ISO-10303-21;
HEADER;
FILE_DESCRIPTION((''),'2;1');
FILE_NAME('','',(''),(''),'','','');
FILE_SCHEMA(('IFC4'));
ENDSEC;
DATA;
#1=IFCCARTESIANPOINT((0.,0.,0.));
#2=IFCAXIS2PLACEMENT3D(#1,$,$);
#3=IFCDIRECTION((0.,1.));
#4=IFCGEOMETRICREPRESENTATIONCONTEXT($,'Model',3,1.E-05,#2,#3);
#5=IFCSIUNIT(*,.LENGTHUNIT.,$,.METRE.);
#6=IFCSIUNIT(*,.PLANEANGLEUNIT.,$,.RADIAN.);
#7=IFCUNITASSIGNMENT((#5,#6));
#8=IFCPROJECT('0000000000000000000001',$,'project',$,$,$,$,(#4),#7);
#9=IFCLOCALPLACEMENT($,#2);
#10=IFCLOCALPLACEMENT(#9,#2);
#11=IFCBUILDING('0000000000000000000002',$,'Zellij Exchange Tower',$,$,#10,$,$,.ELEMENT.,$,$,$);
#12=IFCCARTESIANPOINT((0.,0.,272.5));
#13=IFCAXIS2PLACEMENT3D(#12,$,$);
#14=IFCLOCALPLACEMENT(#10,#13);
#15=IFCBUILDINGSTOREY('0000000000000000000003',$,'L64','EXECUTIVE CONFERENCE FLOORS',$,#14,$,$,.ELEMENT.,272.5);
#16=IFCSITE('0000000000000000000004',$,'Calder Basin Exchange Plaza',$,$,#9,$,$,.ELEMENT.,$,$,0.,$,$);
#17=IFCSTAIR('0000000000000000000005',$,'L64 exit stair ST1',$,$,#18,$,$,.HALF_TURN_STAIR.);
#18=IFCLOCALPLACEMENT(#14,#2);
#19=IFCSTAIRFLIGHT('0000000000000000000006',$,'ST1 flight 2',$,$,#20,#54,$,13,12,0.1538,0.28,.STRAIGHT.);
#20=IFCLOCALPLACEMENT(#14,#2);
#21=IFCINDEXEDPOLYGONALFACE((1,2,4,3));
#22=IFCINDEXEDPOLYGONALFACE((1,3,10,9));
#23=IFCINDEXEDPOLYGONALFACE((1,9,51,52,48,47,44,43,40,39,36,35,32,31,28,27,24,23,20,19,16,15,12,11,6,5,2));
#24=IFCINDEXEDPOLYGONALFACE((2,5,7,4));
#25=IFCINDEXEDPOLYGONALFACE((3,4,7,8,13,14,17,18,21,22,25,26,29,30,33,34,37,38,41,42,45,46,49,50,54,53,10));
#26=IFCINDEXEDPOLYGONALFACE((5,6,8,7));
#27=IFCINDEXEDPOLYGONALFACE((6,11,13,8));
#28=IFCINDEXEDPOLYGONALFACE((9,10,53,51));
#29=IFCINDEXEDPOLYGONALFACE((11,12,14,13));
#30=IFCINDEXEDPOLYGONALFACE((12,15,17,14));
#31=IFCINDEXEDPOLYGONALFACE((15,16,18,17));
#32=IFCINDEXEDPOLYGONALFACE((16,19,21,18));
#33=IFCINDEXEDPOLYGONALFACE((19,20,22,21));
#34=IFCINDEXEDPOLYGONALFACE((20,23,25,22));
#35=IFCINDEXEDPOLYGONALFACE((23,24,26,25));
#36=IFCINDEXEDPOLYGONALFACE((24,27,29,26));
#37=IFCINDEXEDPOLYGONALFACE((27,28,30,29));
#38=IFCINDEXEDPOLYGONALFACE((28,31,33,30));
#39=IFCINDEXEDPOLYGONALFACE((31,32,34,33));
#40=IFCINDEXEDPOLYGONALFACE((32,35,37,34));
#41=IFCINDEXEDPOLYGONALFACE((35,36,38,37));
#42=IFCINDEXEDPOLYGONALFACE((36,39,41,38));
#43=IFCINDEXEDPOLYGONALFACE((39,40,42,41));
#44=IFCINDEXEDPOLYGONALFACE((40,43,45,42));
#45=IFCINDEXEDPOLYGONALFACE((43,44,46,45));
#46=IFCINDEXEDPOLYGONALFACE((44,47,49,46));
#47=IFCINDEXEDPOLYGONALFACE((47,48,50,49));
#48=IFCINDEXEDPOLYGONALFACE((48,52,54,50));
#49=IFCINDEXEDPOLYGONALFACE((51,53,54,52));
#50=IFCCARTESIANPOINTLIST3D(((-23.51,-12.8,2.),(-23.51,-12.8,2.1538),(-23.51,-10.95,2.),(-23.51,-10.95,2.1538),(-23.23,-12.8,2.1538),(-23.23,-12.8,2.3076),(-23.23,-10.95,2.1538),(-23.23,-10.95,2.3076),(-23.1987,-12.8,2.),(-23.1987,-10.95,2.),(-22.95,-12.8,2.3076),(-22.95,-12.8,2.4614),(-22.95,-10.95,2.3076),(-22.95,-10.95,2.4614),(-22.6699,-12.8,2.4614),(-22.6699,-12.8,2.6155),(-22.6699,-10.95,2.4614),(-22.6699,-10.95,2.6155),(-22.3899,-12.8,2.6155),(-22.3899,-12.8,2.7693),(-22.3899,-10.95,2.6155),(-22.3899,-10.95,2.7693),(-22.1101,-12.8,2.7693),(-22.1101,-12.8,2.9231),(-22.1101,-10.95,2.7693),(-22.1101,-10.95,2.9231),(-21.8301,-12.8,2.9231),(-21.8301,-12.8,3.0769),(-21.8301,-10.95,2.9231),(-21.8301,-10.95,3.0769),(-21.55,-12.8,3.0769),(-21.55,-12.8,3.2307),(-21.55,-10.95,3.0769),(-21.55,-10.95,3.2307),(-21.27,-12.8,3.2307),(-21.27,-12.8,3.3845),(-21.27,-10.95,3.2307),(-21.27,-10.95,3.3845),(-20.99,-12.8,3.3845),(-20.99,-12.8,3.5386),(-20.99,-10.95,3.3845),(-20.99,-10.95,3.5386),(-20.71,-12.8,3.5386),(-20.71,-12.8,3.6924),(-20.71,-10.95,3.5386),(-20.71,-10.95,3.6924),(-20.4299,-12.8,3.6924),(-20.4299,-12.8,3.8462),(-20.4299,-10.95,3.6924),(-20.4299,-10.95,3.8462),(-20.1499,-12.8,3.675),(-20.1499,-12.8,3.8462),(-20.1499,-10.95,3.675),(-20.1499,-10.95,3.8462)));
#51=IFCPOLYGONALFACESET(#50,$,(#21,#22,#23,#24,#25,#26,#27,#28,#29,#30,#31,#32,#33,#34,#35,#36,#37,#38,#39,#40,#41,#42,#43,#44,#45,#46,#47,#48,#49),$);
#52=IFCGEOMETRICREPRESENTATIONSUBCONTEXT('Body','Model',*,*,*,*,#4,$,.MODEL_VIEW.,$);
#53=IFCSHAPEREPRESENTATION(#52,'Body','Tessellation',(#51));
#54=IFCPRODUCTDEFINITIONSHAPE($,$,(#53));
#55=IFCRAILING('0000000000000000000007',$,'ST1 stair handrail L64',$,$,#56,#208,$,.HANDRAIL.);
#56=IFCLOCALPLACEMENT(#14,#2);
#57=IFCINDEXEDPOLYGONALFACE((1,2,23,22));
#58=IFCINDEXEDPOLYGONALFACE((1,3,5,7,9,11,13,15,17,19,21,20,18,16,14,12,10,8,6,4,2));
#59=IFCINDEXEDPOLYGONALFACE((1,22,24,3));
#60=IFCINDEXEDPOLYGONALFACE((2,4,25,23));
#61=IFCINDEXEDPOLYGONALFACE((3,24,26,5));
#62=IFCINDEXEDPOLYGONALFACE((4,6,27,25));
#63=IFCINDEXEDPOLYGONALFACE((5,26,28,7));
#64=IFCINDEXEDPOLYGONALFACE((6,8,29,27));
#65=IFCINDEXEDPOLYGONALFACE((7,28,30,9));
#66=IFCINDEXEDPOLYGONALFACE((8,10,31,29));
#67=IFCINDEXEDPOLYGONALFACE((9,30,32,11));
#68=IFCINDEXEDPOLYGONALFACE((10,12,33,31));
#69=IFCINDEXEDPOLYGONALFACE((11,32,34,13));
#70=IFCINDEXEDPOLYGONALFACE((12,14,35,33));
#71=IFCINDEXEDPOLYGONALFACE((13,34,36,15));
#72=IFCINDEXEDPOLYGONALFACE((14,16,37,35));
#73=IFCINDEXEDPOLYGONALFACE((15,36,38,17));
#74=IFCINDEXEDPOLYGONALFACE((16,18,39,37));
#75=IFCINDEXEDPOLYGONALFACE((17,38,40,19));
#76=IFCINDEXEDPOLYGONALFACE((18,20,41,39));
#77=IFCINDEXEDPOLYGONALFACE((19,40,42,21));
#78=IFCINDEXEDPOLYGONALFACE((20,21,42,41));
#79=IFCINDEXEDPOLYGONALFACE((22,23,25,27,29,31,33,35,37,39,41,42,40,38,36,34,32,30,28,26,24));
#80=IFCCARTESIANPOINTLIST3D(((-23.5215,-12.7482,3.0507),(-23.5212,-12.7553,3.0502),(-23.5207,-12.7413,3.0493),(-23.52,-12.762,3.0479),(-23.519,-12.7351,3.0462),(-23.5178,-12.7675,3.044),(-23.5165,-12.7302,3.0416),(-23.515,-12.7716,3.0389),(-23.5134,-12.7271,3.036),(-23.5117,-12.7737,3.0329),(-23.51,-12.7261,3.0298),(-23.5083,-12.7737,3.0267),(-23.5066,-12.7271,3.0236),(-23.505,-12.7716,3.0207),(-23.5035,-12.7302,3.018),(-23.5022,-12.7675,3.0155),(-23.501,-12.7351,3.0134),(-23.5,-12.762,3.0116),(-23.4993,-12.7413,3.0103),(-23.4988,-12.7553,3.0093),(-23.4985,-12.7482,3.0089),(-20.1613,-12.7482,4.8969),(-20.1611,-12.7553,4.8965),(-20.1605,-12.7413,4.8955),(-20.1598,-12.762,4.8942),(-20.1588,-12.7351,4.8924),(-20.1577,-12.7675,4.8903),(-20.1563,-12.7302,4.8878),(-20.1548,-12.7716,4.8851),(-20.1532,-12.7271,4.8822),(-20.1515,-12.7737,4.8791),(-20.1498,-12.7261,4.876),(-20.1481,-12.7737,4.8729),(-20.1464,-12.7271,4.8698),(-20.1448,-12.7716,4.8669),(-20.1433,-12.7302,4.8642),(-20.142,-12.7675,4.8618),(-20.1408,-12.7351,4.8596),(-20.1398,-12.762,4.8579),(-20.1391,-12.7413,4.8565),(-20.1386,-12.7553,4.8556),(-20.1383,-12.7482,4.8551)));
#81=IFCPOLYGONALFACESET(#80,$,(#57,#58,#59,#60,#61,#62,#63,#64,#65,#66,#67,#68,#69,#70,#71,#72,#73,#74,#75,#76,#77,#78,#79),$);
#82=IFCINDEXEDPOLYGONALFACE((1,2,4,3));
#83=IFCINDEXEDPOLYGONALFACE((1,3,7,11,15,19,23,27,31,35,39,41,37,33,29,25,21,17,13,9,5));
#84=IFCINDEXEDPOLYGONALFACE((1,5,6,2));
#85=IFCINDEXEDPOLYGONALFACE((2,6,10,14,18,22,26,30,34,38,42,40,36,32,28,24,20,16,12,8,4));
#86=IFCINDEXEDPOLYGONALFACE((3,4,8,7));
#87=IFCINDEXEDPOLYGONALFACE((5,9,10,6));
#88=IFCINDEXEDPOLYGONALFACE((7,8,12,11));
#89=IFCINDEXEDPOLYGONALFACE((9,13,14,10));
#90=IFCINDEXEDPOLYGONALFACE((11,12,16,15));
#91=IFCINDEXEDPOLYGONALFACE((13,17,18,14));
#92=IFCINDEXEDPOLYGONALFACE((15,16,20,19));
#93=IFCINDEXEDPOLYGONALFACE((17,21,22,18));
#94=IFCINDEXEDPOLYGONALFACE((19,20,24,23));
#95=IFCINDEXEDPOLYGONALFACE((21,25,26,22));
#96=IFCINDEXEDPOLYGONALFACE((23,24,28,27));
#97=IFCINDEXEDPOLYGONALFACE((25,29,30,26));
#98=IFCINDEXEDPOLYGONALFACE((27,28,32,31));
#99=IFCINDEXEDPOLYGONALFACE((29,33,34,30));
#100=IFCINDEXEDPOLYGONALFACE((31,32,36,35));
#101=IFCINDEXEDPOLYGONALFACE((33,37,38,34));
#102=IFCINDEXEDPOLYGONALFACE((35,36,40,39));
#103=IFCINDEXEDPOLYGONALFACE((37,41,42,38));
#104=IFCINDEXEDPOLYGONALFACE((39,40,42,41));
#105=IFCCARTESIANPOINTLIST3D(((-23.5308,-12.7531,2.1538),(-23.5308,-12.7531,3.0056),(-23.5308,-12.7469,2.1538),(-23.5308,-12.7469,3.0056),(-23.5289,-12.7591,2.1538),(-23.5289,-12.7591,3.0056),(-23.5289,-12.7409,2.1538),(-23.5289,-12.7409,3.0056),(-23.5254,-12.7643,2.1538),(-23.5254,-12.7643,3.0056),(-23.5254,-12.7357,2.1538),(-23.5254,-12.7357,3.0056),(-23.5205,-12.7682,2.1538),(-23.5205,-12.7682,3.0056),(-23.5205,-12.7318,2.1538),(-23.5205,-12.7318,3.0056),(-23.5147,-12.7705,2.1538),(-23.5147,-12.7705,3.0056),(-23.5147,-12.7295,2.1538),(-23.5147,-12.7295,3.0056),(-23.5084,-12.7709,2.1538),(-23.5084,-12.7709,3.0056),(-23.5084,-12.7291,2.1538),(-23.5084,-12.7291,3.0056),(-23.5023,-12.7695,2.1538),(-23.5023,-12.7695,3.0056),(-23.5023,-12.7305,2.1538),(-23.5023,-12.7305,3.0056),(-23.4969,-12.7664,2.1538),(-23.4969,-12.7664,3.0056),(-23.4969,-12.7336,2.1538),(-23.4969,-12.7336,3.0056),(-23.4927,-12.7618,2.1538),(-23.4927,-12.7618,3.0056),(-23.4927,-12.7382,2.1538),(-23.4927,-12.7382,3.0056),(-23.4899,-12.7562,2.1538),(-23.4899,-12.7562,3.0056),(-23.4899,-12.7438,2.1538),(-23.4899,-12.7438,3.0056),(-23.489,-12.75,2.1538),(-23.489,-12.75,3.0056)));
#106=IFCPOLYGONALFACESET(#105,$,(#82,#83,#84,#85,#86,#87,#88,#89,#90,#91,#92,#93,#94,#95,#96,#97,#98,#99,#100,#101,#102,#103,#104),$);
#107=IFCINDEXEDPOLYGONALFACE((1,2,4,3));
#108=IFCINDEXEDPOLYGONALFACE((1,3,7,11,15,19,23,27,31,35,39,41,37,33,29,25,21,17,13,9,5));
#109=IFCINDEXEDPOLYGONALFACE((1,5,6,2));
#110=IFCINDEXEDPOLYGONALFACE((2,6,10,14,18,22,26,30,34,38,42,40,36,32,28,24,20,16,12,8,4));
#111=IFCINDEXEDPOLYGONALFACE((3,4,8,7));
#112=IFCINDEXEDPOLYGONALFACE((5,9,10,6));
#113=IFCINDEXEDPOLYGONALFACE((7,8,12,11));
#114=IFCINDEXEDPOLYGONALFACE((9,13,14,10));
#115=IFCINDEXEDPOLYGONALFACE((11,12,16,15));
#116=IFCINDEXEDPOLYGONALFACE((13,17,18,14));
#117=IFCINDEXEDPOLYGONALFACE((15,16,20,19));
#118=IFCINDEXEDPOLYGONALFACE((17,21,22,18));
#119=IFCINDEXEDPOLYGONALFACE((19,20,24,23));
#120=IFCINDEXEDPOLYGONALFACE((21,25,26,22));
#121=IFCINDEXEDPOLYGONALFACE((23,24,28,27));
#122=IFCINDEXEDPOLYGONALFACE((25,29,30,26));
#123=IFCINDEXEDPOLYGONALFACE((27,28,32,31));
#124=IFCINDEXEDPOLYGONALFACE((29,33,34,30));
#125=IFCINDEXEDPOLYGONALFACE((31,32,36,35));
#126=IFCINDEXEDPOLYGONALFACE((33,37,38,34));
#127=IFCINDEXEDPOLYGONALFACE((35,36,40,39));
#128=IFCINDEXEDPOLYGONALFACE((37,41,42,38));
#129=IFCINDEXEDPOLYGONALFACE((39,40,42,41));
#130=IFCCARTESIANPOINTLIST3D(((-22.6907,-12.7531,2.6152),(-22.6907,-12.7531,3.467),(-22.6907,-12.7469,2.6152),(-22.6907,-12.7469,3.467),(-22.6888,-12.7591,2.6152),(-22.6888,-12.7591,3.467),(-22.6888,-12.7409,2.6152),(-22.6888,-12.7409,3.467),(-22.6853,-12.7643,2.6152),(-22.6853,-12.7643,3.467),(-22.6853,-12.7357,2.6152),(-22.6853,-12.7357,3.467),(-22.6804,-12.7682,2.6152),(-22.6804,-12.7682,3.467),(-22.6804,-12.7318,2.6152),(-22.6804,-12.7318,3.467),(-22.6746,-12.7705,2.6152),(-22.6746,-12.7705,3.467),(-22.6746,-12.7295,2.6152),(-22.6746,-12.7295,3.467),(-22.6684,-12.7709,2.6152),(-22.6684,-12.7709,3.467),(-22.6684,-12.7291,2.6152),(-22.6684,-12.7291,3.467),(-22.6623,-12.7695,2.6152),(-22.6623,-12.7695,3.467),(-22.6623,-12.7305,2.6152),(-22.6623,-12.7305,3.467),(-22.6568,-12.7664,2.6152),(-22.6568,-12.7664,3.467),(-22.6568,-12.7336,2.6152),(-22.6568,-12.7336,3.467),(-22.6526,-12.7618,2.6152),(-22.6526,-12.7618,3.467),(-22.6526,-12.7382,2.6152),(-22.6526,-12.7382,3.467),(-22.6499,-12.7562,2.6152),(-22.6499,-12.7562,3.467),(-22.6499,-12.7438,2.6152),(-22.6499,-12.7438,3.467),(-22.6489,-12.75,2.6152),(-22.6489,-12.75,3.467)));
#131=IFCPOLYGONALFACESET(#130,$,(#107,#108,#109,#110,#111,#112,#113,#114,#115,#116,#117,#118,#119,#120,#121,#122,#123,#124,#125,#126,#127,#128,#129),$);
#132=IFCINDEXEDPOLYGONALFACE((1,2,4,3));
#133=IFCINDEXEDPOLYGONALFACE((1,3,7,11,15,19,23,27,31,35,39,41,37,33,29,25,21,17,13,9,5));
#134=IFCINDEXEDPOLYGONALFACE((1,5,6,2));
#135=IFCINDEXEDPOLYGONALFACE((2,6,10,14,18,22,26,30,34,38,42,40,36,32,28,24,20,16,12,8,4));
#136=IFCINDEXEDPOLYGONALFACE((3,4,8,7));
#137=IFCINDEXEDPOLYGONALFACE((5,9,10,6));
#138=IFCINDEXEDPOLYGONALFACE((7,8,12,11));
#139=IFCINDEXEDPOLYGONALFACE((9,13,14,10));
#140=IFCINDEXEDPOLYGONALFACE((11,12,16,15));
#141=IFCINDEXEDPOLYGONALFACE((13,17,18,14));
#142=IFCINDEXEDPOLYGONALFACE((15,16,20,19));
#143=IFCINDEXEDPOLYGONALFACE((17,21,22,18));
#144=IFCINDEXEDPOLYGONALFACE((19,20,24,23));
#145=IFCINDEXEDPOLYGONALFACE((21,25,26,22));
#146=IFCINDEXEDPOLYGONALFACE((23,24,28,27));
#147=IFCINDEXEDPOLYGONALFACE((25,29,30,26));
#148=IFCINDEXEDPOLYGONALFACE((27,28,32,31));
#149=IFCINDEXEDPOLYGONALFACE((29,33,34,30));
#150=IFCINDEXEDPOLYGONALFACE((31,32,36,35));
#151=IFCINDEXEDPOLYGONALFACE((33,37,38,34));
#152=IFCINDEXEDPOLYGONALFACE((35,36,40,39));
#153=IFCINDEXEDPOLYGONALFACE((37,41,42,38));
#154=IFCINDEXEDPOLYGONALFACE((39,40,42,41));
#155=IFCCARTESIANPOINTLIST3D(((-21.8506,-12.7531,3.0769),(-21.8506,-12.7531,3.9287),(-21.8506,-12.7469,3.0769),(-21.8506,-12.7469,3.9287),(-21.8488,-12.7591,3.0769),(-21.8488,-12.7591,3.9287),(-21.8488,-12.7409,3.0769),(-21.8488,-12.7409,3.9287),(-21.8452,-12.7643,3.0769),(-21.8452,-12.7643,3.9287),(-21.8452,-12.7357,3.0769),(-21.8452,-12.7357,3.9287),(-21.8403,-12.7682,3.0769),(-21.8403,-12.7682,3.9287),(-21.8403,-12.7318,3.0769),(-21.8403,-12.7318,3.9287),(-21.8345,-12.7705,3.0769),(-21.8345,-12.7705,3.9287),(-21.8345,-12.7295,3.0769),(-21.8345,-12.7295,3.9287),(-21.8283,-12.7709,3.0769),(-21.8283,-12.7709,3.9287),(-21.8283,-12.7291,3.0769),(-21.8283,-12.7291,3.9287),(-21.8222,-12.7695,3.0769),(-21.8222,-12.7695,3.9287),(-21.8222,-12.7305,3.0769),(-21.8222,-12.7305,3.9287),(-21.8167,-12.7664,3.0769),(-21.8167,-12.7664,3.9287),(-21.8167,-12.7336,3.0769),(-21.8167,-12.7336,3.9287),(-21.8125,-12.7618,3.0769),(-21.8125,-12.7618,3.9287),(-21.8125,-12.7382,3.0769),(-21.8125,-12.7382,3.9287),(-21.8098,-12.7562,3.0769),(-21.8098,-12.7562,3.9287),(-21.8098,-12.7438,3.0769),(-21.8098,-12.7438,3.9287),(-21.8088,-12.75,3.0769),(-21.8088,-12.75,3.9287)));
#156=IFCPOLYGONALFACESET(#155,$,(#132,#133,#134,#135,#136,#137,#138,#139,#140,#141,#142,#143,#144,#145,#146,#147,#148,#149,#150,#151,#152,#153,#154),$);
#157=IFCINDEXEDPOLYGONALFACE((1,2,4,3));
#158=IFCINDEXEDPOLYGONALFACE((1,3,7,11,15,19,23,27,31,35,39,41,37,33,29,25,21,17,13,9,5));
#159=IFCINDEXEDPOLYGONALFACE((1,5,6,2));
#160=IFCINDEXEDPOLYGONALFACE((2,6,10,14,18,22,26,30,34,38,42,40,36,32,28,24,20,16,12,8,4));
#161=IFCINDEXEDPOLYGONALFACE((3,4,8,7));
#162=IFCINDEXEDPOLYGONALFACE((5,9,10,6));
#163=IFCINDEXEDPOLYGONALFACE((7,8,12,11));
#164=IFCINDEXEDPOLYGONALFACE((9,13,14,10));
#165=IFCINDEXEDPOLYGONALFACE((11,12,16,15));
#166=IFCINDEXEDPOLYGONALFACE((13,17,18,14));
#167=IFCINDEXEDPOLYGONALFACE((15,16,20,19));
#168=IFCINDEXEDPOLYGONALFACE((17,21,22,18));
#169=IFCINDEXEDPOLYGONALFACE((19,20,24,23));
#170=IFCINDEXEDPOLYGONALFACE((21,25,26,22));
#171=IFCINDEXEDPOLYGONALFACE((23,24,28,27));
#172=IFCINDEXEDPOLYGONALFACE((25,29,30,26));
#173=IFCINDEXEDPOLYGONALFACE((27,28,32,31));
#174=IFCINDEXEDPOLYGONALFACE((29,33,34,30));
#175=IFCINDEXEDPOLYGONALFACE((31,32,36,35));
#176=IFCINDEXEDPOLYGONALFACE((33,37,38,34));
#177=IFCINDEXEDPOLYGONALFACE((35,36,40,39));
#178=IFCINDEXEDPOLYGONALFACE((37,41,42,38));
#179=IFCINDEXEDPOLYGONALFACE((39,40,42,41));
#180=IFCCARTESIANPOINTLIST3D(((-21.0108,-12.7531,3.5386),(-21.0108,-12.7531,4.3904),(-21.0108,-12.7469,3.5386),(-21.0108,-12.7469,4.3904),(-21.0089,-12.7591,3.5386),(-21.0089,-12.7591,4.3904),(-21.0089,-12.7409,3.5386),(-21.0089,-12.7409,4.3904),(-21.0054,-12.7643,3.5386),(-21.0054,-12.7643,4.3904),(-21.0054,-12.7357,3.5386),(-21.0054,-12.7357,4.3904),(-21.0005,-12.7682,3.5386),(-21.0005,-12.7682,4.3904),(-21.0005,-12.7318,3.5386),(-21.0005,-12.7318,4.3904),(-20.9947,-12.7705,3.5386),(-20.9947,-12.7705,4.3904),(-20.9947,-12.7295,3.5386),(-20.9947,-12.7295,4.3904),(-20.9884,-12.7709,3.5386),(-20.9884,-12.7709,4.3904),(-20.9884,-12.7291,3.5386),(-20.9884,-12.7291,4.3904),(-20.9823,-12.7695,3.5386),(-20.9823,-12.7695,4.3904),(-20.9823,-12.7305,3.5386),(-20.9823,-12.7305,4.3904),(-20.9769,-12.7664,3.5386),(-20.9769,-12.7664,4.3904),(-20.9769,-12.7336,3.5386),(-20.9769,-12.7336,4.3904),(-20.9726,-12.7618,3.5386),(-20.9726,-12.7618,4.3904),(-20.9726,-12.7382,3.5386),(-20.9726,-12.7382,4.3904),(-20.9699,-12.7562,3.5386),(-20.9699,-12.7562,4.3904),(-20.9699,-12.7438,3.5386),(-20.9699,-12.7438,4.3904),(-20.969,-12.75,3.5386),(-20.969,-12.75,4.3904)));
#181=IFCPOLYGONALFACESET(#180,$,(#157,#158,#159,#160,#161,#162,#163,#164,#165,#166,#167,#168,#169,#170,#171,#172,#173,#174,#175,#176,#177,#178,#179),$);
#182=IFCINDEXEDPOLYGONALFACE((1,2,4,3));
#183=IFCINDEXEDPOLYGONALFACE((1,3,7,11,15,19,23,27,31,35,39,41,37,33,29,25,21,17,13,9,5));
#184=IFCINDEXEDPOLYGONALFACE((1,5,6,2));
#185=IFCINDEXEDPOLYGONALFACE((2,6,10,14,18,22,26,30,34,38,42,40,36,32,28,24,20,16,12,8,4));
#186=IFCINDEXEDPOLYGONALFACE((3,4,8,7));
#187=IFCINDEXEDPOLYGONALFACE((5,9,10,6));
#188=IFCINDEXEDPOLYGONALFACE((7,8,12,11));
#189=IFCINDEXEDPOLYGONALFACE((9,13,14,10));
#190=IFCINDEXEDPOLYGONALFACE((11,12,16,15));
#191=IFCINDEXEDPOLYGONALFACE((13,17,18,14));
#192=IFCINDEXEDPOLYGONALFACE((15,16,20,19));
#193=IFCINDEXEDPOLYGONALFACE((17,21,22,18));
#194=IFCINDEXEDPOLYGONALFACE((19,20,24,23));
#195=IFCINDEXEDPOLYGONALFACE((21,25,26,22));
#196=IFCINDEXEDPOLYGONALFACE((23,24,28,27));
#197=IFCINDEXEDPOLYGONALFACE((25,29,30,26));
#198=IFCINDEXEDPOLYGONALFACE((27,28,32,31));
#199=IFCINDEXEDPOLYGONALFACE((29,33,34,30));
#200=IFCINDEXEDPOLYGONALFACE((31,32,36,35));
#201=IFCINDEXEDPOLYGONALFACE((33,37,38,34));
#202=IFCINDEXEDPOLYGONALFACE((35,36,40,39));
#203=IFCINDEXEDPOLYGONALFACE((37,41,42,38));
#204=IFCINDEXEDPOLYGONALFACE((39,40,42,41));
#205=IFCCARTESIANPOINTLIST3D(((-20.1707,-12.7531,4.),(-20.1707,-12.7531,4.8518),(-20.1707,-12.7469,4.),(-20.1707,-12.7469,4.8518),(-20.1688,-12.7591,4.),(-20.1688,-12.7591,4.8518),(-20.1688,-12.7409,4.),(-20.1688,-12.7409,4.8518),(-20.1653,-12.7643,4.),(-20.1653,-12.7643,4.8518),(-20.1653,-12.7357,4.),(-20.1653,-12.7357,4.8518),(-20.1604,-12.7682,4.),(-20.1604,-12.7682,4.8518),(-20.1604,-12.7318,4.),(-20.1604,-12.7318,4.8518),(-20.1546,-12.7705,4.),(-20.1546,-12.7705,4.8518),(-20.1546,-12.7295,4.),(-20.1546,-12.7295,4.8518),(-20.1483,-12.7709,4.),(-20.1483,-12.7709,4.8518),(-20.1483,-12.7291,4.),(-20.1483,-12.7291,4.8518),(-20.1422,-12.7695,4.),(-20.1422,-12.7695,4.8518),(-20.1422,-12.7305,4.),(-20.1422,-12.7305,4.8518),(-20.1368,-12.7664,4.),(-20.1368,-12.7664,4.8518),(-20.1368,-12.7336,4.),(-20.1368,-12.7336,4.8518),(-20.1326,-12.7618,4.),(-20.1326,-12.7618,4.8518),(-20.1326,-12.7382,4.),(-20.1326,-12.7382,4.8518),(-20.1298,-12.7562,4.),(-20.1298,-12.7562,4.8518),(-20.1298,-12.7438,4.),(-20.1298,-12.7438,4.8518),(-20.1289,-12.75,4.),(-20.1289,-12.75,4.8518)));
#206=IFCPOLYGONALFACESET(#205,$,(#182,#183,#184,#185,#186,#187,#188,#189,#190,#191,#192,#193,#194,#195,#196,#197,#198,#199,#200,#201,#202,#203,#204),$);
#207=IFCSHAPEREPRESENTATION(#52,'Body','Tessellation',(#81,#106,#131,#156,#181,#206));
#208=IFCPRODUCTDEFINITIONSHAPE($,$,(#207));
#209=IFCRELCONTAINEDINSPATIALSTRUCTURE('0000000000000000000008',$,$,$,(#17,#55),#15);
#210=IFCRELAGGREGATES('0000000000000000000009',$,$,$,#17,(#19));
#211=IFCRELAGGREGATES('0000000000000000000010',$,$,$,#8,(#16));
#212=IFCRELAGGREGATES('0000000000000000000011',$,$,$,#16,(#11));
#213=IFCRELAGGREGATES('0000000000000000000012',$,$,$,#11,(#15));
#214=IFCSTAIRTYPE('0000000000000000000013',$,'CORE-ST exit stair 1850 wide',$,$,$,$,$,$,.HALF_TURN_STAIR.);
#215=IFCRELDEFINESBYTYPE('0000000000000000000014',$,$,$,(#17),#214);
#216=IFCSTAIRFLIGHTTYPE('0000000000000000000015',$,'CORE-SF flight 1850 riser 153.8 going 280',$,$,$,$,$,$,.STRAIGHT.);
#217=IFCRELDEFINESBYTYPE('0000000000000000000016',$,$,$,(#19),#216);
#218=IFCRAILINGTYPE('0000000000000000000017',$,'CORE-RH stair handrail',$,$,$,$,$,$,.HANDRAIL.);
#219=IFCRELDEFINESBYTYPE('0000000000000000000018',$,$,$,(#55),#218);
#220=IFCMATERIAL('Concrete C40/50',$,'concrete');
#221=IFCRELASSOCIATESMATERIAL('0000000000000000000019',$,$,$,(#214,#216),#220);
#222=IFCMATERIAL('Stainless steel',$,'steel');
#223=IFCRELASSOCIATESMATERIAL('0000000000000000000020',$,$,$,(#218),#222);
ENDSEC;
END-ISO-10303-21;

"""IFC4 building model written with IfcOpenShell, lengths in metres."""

from ifc_helpers import new_model, si_unit, direction, frame, origin, origin_2d, place, context, subcontext, project, spatial, polyline, circle, outline, extrude, material, type_object, element, aggregate, save


model = new_model("IFC4")

# Units and contexts
model_context = context("Model", 3, precision=1e-05, world=origin(), true_north=direction((0.0, 1.0)))
body_context = subcontext(model_context, "Body", "Model", "MODEL_VIEW")
ifc_project = project(units=[si_unit("LENGTHUNIT", "METRE"), si_unit("PLANEANGLEUNIT", "RADIAN")], contexts=[model_context])

# Site, building, storey
site_placement = place(None, origin())
site = spatial("IfcSite", under=ifc_project, at=site_placement, Name="Calder Basin Exchange Plaza", CompositionType="ELEMENT", RefElevation=0.0)
building_placement = place(site_placement, origin())
building = spatial("IfcBuilding", under=site, at=building_placement, Name="Zellij Exchange Tower", CompositionType="ELEMENT")
storey_placement = place(building_placement, frame((0.0, 0.0, 272.5)))
storey = spatial("IfcBuildingStorey", under=building, at=storey_placement, Name="L64", Description="EXECUTIVE CONFERENCE FLOORS", CompositionType="ELEMENT", Elevation=272.5)

# Stair, stair flight
ifc_material_1 = material(Name="Concrete C40/50", Category="concrete")
stair_type = type_object("IfcStairType", Name="CORE-ST exit stair 1850 wide", PredefinedType="HALF_TURN_STAIR", material=ifc_material_1)
stair_placement = place(storey_placement, origin())
stair = element("IfcStair", 1, at=stair_placement, inside=storey, type_object=stair_type, Name="L64 exit stair ST1", PredefinedType="HALF_TURN_STAIR")
stair_flight_type = type_object("IfcStairFlightType", Name="CORE-SF flight 1850 riser 153.8 going 280", PredefinedType="STRAIGHT", material=ifc_material_1)
stair_flight_placement = place(storey_placement, frame((-23.51, -11.875, 2.0), z_axis=(0.0, 0.0, 1.0), x_axis=(1.0, 0.0, 0.0)))
stair_flight = element("IfcStairFlight", 2, at=stair_flight_placement, type_object=stair_flight_type, Name="ST1 flight 2", NumberOfRisers=13, NumberOfTreads=12, PredefinedType="STRAIGHT", RiserHeight=0.1538, TreadLength=0.28, context=body_context, shape_type="SweptSolid", body=[
    extrude(outline(polyline([(0.0, 0.0), (0.0, 0.1538), (0.28, 0.1538), (0.28, 0.3076), (0.5601, 0.3076), (0.5601, 0.4614), (0.8401, 0.4614), (0.8401, 0.6155), (1.1201, 0.6155), (1.1201, 0.7693), (1.3999, 0.7693), (1.3999, 0.9231), (1.6799, 0.9231), (1.6799, 1.0769), (1.96, 1.0769), (1.96, 1.2307), (2.24, 1.2307), (2.24, 1.3845), (2.52, 1.3845), (2.52, 1.5386), (2.8, 1.5386), (2.8, 1.6924), (3.0801, 1.6924), (3.0801, 1.8462), (3.3601, 1.8462), (3.3601, 2.0), (3.3601, 1.675), (0.3113, 0.0), (0.0, 0.0)])), frame((0.0, 0.925, 0.0), z_axis=(0.0, -1.0, 0.0), x_axis=(1.0, 0.0, 0.0)), (0.0, 0.0, 1.0), 1.8501),
])
aggregate(stair, [stair_flight])

# Railing
ifc_material_2 = material(Name="Stainless steel", Category="steel")
railing_type = type_object("IfcRailingType", Name="CORE-RH stair handrail", PredefinedType="HANDRAIL", material=ifc_material_2)
railing_placement = place(storey_placement, frame((-23.51, -12.75, 2.1538)))
element("IfcRailing", 3, at=railing_placement, inside=storey, type_object=railing_type, Name="ST1 stair handrail L64", PredefinedType="HANDRAIL", context=body_context, shape_type="SweptSolid", body=[
    extrude(circle(Radius=0.0239, at=origin_2d()), frame((0.0, 0.0, 0.876), z_axis=(0.876422, 0.0, 0.481545), x_axis=(0.0, 1.0, 0.0)), (0.0, 0.0, 1.0), 3.834),
    extrude(circle(Radius=0.021, at=origin_2d()), origin(), (0.0, 0.0, 1.0), 0.8518),
    extrude(circle(Radius=0.021, at=origin_2d()), frame((0.8401, 0.0, 0.4614)), (0.0, 0.0, 1.0), 0.8518),
    extrude(circle(Radius=0.021, at=origin_2d()), frame((1.6802, 0.0, 0.9231)), (0.0, 0.0, 1.0), 0.8518),
    extrude(circle(Radius=0.021, at=origin_2d()), frame((2.52, 0.0, 1.3848)), (0.0, 0.0, 1.0), 0.8518),
    extrude(circle(Radius=0.021, at=origin_2d()), frame((3.3601, 0.0, 1.8462)), (0.0, 0.0, 1.0), 0.8518),
])

save(model, "model.ifc")
